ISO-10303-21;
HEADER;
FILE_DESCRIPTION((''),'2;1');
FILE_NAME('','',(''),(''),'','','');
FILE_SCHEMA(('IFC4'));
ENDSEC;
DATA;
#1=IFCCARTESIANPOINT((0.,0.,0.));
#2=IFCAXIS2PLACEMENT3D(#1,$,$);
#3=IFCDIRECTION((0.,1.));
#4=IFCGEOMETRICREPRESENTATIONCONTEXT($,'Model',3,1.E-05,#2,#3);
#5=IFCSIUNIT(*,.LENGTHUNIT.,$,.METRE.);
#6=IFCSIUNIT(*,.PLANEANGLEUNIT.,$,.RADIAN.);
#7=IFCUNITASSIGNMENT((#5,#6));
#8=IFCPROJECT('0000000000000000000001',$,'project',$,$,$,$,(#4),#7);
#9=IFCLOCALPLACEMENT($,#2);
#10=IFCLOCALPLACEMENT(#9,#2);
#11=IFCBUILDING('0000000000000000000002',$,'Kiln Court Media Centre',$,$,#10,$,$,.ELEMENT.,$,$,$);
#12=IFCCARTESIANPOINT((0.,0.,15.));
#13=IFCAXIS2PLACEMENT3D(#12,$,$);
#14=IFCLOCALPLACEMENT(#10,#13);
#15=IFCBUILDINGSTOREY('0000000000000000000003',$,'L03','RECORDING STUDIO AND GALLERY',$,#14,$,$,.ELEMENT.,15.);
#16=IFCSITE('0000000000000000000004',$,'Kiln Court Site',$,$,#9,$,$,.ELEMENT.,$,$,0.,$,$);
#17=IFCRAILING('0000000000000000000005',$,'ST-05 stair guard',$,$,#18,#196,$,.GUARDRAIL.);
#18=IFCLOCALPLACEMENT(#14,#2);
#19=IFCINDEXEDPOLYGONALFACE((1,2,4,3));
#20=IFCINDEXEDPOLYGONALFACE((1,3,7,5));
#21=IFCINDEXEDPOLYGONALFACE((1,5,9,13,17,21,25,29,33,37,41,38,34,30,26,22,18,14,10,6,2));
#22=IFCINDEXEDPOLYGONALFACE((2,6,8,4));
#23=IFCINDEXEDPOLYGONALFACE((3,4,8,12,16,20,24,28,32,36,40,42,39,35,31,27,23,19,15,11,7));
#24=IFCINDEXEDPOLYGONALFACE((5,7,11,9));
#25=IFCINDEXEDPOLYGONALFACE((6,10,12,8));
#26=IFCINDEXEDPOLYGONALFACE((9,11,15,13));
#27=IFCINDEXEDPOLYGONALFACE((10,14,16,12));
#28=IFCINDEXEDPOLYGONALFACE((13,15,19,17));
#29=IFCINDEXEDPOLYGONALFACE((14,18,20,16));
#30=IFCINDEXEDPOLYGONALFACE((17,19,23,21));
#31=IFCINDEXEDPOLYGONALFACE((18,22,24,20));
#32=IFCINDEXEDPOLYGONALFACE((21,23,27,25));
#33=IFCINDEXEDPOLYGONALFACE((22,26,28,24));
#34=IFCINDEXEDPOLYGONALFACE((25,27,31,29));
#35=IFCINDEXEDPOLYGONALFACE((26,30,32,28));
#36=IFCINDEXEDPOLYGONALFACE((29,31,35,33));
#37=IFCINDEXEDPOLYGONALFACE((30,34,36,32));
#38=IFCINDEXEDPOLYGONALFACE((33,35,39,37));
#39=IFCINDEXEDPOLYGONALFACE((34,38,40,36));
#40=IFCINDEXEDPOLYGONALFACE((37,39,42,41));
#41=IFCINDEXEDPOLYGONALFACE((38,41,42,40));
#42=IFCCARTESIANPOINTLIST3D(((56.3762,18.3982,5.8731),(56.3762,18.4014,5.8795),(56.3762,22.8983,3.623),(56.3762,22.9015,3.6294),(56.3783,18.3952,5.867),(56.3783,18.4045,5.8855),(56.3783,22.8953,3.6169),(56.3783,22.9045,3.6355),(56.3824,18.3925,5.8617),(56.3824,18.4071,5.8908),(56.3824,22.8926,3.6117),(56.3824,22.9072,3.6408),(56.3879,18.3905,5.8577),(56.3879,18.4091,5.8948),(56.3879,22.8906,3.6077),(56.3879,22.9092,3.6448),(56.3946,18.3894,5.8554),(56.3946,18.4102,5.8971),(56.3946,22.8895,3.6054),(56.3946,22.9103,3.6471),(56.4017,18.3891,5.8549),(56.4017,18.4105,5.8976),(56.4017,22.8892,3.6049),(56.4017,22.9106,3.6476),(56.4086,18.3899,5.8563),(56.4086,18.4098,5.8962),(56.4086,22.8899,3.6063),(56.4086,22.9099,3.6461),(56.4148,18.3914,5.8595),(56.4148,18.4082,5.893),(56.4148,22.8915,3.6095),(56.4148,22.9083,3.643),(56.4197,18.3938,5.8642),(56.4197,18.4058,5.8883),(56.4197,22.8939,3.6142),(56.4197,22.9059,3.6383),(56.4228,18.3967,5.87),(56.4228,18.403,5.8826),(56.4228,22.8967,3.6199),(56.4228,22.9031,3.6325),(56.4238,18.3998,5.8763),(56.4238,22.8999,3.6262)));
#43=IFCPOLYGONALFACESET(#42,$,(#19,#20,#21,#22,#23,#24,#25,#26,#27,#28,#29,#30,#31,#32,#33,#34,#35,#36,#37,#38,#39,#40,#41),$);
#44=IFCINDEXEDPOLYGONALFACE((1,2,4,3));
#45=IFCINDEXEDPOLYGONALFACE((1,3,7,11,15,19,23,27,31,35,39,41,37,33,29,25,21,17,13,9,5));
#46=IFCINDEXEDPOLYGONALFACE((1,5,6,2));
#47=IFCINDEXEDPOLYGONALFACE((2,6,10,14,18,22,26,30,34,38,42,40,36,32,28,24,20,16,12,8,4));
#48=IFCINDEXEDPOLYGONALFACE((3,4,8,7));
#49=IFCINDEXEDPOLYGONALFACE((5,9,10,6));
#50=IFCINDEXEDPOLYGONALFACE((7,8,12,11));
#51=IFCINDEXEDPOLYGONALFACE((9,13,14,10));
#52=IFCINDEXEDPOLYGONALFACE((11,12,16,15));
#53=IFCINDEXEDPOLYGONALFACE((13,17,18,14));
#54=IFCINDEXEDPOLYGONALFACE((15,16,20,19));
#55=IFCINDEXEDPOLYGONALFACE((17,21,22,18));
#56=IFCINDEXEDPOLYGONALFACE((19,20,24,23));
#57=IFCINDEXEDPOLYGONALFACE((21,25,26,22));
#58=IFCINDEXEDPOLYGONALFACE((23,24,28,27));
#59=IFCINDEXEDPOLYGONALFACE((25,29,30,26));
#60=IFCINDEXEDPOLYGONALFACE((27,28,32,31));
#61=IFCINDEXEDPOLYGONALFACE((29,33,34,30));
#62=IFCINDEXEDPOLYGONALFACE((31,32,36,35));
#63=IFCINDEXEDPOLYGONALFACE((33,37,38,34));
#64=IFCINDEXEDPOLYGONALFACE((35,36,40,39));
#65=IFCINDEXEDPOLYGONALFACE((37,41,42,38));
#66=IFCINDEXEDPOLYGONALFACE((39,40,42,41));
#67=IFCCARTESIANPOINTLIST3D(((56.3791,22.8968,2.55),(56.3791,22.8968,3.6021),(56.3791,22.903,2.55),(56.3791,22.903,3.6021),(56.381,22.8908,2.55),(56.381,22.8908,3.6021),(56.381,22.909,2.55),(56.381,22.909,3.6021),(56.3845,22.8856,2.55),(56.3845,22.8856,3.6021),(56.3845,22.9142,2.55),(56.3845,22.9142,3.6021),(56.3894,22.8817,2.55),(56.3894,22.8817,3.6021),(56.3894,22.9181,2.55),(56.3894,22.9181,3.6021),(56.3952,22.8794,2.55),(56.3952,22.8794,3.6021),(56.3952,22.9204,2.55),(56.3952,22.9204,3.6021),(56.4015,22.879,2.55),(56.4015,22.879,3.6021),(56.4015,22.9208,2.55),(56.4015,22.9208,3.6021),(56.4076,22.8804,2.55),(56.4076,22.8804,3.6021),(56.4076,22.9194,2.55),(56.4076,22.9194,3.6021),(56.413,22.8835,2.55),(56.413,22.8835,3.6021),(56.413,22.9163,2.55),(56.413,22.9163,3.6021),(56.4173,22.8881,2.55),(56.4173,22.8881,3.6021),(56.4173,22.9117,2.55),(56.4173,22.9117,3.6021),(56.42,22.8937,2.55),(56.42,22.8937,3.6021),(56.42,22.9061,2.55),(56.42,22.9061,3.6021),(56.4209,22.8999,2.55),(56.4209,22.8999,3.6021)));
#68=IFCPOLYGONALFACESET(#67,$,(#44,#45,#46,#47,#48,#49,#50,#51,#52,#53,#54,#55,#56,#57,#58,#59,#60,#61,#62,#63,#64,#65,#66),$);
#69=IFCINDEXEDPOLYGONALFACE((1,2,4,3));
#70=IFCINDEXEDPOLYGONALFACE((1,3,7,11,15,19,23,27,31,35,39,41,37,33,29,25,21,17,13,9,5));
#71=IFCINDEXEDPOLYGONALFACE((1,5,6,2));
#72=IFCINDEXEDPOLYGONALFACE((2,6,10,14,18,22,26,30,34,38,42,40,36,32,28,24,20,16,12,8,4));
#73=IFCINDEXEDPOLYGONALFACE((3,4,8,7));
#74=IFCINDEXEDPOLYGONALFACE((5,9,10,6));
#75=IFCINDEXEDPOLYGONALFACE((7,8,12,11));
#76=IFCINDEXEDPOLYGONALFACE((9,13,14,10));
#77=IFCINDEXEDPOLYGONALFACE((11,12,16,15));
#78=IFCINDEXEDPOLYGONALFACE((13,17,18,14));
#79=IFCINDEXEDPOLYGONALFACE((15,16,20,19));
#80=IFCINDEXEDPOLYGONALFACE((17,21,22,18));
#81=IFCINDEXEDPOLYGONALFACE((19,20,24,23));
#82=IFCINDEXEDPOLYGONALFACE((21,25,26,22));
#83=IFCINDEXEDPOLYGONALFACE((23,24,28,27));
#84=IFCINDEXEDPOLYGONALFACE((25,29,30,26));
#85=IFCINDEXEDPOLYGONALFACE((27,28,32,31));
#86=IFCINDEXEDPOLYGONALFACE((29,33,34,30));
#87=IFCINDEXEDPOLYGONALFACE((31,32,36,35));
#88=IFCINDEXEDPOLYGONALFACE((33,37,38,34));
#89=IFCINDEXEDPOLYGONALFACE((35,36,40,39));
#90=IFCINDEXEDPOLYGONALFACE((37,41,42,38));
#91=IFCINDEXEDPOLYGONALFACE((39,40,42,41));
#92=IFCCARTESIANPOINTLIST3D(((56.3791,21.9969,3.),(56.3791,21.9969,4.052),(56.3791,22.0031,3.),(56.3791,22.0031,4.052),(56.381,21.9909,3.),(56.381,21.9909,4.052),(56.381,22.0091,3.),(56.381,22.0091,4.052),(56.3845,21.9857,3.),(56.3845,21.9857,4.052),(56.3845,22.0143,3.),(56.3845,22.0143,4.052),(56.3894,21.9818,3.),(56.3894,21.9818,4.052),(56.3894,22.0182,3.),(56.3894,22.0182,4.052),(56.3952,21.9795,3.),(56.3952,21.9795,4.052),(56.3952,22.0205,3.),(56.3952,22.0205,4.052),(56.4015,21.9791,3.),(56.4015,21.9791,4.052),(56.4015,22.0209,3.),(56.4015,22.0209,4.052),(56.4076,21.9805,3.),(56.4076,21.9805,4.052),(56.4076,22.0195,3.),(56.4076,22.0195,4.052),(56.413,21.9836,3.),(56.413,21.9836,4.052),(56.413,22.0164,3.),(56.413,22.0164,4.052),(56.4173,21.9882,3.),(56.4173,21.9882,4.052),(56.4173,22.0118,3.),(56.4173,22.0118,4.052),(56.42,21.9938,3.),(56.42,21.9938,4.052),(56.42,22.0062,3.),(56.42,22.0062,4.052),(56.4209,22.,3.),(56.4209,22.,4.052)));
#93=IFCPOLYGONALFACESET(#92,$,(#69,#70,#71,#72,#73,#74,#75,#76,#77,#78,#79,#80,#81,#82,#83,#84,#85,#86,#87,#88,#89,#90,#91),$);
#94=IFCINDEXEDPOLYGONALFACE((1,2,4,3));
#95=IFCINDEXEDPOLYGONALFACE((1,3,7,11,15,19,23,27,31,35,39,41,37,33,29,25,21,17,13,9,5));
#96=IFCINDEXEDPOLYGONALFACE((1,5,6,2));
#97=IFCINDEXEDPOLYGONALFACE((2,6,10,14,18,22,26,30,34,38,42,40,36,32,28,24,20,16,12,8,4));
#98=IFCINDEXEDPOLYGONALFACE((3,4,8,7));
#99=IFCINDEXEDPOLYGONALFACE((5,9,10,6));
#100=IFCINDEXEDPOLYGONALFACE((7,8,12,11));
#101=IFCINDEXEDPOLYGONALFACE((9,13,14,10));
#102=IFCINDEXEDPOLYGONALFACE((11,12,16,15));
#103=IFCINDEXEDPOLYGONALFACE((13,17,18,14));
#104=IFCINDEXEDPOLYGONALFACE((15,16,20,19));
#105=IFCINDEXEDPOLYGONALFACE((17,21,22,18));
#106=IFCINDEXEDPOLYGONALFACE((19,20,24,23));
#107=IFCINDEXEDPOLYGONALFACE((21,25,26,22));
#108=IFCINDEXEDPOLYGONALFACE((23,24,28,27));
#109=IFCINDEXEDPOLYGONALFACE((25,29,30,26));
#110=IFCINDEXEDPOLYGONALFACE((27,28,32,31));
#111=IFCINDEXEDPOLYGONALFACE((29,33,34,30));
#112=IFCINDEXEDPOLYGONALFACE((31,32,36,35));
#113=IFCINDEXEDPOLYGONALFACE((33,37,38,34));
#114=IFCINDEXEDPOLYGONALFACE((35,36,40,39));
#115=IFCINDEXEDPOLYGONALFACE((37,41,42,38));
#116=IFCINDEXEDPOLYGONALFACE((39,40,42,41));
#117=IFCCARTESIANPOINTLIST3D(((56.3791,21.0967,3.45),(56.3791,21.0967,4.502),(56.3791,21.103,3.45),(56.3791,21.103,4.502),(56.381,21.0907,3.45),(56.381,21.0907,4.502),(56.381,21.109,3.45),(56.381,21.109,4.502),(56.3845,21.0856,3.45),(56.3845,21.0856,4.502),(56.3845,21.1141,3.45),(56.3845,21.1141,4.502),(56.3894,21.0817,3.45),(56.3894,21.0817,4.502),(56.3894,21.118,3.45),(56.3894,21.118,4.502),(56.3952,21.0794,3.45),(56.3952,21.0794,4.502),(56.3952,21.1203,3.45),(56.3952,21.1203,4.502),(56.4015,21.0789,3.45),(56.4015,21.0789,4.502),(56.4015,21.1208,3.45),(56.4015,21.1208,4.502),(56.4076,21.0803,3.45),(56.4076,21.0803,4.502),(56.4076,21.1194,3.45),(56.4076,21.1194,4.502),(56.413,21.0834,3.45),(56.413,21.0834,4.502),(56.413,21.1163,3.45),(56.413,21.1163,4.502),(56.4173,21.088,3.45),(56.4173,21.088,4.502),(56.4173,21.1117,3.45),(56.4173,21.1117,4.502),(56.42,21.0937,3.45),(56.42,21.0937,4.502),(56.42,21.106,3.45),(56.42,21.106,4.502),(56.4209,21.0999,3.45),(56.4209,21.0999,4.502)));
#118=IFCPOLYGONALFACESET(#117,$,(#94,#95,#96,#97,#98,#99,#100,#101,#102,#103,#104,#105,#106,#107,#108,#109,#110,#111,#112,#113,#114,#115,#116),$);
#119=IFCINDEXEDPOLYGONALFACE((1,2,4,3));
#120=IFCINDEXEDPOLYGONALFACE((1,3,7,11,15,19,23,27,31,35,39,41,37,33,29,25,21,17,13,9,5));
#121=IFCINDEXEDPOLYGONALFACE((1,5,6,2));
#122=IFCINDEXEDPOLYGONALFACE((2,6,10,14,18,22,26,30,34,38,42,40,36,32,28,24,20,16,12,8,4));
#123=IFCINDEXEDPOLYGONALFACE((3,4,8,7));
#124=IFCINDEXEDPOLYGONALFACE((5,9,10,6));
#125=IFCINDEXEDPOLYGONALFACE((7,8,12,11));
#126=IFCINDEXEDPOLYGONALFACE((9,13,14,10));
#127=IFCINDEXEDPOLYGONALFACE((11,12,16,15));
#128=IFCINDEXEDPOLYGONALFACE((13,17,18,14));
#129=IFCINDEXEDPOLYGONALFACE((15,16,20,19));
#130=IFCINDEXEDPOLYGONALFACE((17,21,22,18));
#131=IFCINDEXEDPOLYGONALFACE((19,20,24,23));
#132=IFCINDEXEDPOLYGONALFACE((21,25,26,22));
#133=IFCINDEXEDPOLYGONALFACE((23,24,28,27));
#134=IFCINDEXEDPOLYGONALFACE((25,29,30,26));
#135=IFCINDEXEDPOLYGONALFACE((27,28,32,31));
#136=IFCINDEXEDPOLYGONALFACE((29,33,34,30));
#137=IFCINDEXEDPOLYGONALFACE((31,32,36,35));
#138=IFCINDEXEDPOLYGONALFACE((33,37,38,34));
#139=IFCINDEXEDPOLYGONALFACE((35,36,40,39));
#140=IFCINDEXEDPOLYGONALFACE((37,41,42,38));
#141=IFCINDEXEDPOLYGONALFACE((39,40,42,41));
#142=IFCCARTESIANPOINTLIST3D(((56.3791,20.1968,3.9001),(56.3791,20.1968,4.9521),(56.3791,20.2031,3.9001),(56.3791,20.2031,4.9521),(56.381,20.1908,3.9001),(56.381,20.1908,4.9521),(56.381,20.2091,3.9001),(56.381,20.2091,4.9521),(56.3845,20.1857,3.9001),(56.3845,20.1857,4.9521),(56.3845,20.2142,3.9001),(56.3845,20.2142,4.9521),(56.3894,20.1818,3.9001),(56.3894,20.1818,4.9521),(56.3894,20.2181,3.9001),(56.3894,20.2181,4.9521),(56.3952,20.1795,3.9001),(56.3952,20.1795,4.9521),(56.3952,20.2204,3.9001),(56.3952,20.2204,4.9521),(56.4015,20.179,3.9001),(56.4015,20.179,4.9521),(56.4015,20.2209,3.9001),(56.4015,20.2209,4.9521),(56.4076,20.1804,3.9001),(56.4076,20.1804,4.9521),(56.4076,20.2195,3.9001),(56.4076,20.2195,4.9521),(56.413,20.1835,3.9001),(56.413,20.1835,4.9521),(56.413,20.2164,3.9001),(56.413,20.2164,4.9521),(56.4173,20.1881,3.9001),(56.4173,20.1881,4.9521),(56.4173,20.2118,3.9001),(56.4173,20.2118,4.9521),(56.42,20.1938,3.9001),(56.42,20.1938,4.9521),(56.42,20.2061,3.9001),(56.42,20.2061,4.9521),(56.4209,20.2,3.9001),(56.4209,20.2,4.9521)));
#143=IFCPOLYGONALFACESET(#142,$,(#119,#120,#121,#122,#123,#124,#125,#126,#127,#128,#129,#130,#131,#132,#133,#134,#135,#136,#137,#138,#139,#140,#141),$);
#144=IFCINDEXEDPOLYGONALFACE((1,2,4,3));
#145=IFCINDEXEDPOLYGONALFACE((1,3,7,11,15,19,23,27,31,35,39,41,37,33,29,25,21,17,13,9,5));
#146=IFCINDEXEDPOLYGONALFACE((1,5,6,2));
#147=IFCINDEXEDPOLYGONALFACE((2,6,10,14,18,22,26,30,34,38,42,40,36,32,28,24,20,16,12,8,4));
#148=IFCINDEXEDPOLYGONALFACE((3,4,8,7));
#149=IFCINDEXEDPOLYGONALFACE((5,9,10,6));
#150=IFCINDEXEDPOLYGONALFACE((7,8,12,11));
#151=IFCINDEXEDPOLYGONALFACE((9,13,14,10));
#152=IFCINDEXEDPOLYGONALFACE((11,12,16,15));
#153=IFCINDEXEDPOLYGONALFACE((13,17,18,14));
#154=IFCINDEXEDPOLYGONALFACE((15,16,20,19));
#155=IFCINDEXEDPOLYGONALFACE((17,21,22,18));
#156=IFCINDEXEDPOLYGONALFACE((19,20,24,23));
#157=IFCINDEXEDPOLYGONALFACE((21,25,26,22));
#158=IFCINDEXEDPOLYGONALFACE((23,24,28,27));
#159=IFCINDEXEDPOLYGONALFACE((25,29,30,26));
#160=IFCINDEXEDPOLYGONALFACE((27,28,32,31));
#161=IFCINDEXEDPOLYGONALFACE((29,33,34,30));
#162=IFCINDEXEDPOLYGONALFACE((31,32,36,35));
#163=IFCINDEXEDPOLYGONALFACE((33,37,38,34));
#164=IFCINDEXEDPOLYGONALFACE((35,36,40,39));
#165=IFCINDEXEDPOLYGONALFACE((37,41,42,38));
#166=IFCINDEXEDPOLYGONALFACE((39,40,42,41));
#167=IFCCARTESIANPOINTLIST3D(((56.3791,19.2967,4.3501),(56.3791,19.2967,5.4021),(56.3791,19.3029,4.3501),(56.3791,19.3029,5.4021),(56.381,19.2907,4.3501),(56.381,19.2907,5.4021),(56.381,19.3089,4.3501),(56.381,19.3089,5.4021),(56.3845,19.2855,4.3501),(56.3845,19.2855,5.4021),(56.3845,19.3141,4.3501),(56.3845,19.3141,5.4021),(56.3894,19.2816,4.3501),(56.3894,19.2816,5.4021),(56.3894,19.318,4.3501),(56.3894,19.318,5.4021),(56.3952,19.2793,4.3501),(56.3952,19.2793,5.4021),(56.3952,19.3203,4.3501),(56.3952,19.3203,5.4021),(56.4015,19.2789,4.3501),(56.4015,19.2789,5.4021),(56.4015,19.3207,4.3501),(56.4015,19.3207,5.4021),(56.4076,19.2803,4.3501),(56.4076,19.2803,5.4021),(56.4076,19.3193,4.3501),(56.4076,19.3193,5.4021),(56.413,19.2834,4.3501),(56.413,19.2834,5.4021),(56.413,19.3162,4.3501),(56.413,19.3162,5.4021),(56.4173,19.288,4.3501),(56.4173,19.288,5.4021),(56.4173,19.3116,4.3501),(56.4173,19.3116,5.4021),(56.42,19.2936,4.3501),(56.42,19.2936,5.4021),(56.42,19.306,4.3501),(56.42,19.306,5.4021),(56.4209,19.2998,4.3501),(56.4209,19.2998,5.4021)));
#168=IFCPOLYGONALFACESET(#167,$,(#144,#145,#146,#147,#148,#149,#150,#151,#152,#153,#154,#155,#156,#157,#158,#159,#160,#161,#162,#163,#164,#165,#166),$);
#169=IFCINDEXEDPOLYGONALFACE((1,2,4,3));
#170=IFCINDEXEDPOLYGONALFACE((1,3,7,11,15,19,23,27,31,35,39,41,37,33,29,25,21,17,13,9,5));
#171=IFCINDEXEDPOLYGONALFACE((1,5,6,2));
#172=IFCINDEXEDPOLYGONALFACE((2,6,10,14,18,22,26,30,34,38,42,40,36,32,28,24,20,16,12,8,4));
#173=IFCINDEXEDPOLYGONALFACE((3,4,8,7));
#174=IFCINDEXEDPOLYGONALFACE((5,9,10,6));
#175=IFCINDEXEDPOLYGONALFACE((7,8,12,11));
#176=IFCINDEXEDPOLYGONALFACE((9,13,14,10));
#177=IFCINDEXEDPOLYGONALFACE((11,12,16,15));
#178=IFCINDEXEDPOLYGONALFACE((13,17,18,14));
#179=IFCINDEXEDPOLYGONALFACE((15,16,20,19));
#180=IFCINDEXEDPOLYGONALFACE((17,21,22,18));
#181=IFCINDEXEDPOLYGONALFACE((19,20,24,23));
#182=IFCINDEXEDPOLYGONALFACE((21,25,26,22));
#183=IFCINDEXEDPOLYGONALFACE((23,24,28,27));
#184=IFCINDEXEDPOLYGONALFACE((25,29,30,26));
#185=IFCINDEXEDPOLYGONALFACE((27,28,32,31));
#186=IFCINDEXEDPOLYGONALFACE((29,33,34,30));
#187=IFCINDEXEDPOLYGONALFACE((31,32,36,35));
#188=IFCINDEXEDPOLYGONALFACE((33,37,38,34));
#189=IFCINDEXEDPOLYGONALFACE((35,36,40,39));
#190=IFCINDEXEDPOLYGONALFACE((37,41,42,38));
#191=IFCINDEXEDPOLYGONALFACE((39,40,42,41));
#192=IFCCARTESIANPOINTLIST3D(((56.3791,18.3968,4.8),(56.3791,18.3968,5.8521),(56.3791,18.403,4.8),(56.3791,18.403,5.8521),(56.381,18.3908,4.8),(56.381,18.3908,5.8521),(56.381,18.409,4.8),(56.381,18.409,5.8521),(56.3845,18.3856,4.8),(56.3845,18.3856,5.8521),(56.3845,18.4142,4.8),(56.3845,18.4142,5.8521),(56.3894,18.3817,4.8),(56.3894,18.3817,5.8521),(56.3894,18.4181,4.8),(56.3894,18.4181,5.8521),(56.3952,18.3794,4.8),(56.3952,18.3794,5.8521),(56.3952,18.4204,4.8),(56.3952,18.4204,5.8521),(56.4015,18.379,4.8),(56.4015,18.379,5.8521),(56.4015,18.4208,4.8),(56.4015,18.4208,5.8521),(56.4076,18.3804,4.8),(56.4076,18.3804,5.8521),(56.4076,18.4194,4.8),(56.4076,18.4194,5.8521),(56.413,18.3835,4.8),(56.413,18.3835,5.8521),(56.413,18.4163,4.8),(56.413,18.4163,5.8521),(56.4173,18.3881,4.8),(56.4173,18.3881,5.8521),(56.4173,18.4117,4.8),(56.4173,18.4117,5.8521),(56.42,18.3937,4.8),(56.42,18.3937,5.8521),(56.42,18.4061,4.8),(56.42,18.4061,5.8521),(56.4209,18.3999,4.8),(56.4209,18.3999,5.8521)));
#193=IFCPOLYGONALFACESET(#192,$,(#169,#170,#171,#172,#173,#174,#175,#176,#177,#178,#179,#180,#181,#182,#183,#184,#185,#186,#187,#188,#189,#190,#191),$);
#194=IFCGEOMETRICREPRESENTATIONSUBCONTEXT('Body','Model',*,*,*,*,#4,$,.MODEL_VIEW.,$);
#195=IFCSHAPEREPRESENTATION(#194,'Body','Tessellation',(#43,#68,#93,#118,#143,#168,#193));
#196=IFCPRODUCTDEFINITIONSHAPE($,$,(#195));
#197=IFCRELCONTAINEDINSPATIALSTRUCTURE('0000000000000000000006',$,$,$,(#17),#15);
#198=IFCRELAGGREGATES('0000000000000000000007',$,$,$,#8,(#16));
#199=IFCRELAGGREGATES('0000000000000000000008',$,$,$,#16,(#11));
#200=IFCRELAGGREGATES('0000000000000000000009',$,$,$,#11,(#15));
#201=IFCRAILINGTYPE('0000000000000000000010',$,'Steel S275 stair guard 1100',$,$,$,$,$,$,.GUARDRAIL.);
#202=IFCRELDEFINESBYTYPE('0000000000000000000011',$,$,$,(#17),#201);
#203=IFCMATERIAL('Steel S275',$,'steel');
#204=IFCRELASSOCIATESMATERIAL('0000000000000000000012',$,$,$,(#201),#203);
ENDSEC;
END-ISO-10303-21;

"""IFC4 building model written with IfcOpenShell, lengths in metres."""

from ifc_helpers import new_model, si_unit, direction, frame, origin, origin_2d, place, context, subcontext, project, spatial, circle, extrude, material, type_object, element, save


model = new_model("IFC4")

# Units and contexts
model_context = context("Model", 3, precision=1e-05, world=origin(), true_north=direction((0.0, 1.0)))
body_context = subcontext(model_context, "Body", "Model", "MODEL_VIEW")
ifc_project = project(units=[si_unit("LENGTHUNIT", "METRE"), si_unit("PLANEANGLEUNIT", "RADIAN")], contexts=[model_context])

# Site, building, storey
site_placement = place(None, origin())
site = spatial("IfcSite", under=ifc_project, at=site_placement, Name="Kiln Court Site", CompositionType="ELEMENT", RefElevation=0.0)
building_placement = place(site_placement, origin())
building = spatial("IfcBuilding", under=site, at=building_placement, Name="Kiln Court Media Centre", CompositionType="ELEMENT")
storey_placement = place(building_placement, frame((0.0, 0.0, 15.0)))
storey = spatial("IfcBuildingStorey", under=building, at=storey_placement, Name="L03", Description="RECORDING STUDIO AND GALLERY", CompositionType="ELEMENT", Elevation=15.0)

# Railing
ifc_material_1 = material(Name="Steel S275", Category="steel")
railing_type_1 = type_object("IfcRailingType", Name="Steel S275 stair guard 1100", PredefinedType="GUARDRAIL", material=ifc_material_1)
railing_1_placement = place(storey_placement, frame((56.3999, 22.8999, 2.55)))
element("IfcRailing", 1, at=railing_1_placement, inside=storey, type_object=railing_type_1, Name="ST-05 stair guard", PredefinedType="GUARDRAIL", context=body_context, shape_type="SweptSolid", body=[
    extrude(circle(Radius=0.0239, at=origin_2d()), frame((0.0, 0.0, 1.0762), z_axis=(0.0, -0.894427, 0.447214), x_axis=(1.0, 0.0, 0.0)), (0.0, 0.0, 1.0), 5.0312),
    extrude(circle(Radius=0.021, at=origin_2d()), origin(), (0.0, 0.0, 1.0), 1.052),
    extrude(circle(Radius=0.021, at=origin_2d()), frame((0.0, -0.8999, 0.45)), (0.0, 0.0, 1.0), 1.052),
    extrude(circle(Radius=0.021, at=origin_2d()), frame((0.0, -1.8, 0.8999)), (0.0, 0.0, 1.0), 1.052),
    extrude(circle(Radius=0.021, at=origin_2d()), frame((0.0, -2.7, 1.3501)), (0.0, 0.0, 1.0), 1.052),
    extrude(circle(Radius=0.021, at=origin_2d()), frame((0.0, -3.6001, 1.8)), (0.0, 0.0, 1.0), 1.052),
    extrude(circle(Radius=0.021, at=origin_2d()), frame((0.0, -4.5, 2.25)), (0.0, 0.0, 1.0), 1.052),
])

save(model, "model.ifc")
